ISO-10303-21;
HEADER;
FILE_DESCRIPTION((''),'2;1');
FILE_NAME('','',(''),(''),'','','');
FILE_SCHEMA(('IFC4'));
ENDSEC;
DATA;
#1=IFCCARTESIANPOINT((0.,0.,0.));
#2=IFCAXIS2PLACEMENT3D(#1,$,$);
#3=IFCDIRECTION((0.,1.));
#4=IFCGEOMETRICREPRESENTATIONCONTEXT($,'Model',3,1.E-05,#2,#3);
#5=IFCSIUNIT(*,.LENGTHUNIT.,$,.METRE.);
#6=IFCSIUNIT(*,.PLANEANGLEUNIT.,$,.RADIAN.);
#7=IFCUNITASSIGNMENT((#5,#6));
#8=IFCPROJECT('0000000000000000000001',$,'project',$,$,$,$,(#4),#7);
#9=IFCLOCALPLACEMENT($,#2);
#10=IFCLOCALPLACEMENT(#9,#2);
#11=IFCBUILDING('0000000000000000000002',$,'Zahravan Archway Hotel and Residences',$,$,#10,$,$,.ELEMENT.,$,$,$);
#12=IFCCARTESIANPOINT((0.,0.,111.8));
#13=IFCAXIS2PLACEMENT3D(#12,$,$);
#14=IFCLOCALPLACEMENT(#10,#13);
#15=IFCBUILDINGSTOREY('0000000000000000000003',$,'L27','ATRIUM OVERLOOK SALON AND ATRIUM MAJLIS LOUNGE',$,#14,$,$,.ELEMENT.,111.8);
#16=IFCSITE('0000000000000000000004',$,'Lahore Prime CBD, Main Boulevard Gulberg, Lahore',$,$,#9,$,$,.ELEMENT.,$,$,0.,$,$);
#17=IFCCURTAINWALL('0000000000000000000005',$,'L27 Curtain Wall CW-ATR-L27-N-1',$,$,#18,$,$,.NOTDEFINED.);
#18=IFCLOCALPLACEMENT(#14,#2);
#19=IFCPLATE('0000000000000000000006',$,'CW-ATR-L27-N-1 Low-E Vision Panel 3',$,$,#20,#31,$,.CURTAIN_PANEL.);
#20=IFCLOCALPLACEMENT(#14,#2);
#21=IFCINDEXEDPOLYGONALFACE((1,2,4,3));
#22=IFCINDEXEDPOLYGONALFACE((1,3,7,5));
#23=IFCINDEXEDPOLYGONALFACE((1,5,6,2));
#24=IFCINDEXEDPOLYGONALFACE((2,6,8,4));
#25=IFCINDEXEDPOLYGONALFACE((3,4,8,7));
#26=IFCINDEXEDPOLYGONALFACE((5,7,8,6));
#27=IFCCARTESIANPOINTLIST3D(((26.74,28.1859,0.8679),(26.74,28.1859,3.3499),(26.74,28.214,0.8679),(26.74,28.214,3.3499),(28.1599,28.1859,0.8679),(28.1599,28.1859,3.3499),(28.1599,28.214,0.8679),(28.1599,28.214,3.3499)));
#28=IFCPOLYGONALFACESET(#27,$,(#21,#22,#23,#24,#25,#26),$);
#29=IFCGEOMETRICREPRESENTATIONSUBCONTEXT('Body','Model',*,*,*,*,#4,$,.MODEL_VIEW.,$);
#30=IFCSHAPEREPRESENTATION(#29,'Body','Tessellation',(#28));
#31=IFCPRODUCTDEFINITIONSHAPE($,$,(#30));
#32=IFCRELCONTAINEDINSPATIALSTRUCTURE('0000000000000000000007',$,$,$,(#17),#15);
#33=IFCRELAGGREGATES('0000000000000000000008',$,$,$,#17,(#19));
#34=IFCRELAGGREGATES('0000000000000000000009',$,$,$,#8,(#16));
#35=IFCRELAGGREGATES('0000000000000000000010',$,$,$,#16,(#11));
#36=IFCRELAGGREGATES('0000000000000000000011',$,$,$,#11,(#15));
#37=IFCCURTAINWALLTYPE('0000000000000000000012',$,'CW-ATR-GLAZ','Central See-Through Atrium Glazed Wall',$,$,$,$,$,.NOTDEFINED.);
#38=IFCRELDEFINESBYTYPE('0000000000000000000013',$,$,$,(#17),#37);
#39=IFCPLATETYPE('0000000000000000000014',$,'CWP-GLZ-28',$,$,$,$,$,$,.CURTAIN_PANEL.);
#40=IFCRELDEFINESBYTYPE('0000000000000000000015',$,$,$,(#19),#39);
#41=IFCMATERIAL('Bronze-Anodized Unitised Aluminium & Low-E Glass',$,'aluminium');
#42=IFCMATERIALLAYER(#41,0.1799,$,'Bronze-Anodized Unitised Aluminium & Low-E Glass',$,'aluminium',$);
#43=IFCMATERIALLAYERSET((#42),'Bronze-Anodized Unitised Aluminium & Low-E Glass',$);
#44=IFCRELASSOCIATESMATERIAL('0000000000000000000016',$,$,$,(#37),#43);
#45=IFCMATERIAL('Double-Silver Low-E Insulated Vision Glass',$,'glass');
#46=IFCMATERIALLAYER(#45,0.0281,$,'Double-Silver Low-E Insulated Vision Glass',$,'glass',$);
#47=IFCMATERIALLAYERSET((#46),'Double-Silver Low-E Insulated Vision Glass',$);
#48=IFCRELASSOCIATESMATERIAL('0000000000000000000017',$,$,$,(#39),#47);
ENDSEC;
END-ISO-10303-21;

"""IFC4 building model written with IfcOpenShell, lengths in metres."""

from ifc_helpers import new_model, si_unit, direction, frame, origin, origin_2d, place, context, subcontext, project, spatial, rectangle, extrude, source, transform, mapped, material, layer, layer_set, type_object, element, aggregate, save


model = new_model("IFC4")

# Units and contexts
model_context = context("Model", 3, precision=1e-05, world=origin(), true_north=direction((0.0, 1.0)))
body_context = subcontext(model_context, "Body", "Model", "MODEL_VIEW")
ifc_project = project(units=[si_unit("LENGTHUNIT", "METRE"), si_unit("PLANEANGLEUNIT", "RADIAN")], contexts=[model_context])

# Site, building, storey
site_placement = place(None, origin())
site = spatial("IfcSite", under=ifc_project, at=site_placement, Name="Lahore Prime CBD, Main Boulevard Gulberg, Lahore", CompositionType="ELEMENT", RefElevation=0.0)
building_placement = place(site_placement, origin())
building = spatial("IfcBuilding", under=site, at=building_placement, Name="Zahravan Archway Hotel and Residences", CompositionType="ELEMENT")
storey_placement = place(building_placement, frame((0.0, 0.0, 111.8)))
storey = spatial("IfcBuildingStorey", under=building, at=storey_placement, Name="L27", Description="ATRIUM OVERLOOK SALON AND ATRIUM MAJLIS LOUNGE", CompositionType="ELEMENT", Elevation=111.8)

# Curtain wall
ifc_material_1 = material(Name="Bronze-Anodized Unitised Aluminium & Low-E Glass", Category="aluminium")
ifc_layer_1 = layer(ifc_material_1, 0.1799, Name="Bronze-Anodized Unitised Aluminium & Low-E Glass", Category="aluminium")
ifc_layer_set_1 = layer_set([ifc_layer_1], Name="Bronze-Anodized Unitised Aluminium & Low-E Glass")
curtain_wall_type = type_object("IfcCurtainWallType", Name="CW-ATR-GLAZ", Description="Central See-Through Atrium Glazed Wall", PredefinedType="NOTDEFINED", material=ifc_layer_set_1)
curtain_wall_1_placement = place(storey_placement, origin())
curtain_wall_1 = element("IfcCurtainWall", 1, at=curtain_wall_1_placement, inside=storey, type_object=curtain_wall_type, Name="L27 Curtain Wall CW-ATR-L27-N-1", PredefinedType="NOTDEFINED")

# Plate
ifc_material_2 = material(Name="Double-Silver Low-E Insulated Vision Glass", Category="glass")
ifc_layer_2 = layer(ifc_material_2, 0.0281, Name="Double-Silver Low-E Insulated Vision Glass", Category="glass")
ifc_layer_set_2 = layer_set([ifc_layer_2], Name="Double-Silver Low-E Insulated Vision Glass")
plate_type_1 = type_object("IfcPlateType", Name="CWP-GLZ-28", PredefinedType="CURTAIN_PANEL", material=ifc_layer_set_2)
shared_shape_1 = source(origin(), body_context, "Body", "SweptSolid", [
    extrude(rectangle(XDim=1.4199, YDim=0.0281, at=origin_2d()), origin(), (0.0, 0.0, 1.0), 2.4819),
])
plate_1_placement = place(storey_placement, frame((27.45, 28.2, 0.8679), z_axis=(0.0, 0.0, 1.0), x_axis=(1.0, 0.0, 0.0)))
plate_1 = element("IfcPlate", 2, at=plate_1_placement, type_object=plate_type_1, Name="CW-ATR-L27-N-1 Low-E Vision Panel 3", PredefinedType="CURTAIN_PANEL", context=body_context, shape_type="MappedRepresentation", body=[
    mapped(shared_shape_1, transform((0.0, 0.0, 0.0), scale=1.0)),
])
aggregate(curtain_wall_1, [plate_1])

save(model, "model.ifc")
